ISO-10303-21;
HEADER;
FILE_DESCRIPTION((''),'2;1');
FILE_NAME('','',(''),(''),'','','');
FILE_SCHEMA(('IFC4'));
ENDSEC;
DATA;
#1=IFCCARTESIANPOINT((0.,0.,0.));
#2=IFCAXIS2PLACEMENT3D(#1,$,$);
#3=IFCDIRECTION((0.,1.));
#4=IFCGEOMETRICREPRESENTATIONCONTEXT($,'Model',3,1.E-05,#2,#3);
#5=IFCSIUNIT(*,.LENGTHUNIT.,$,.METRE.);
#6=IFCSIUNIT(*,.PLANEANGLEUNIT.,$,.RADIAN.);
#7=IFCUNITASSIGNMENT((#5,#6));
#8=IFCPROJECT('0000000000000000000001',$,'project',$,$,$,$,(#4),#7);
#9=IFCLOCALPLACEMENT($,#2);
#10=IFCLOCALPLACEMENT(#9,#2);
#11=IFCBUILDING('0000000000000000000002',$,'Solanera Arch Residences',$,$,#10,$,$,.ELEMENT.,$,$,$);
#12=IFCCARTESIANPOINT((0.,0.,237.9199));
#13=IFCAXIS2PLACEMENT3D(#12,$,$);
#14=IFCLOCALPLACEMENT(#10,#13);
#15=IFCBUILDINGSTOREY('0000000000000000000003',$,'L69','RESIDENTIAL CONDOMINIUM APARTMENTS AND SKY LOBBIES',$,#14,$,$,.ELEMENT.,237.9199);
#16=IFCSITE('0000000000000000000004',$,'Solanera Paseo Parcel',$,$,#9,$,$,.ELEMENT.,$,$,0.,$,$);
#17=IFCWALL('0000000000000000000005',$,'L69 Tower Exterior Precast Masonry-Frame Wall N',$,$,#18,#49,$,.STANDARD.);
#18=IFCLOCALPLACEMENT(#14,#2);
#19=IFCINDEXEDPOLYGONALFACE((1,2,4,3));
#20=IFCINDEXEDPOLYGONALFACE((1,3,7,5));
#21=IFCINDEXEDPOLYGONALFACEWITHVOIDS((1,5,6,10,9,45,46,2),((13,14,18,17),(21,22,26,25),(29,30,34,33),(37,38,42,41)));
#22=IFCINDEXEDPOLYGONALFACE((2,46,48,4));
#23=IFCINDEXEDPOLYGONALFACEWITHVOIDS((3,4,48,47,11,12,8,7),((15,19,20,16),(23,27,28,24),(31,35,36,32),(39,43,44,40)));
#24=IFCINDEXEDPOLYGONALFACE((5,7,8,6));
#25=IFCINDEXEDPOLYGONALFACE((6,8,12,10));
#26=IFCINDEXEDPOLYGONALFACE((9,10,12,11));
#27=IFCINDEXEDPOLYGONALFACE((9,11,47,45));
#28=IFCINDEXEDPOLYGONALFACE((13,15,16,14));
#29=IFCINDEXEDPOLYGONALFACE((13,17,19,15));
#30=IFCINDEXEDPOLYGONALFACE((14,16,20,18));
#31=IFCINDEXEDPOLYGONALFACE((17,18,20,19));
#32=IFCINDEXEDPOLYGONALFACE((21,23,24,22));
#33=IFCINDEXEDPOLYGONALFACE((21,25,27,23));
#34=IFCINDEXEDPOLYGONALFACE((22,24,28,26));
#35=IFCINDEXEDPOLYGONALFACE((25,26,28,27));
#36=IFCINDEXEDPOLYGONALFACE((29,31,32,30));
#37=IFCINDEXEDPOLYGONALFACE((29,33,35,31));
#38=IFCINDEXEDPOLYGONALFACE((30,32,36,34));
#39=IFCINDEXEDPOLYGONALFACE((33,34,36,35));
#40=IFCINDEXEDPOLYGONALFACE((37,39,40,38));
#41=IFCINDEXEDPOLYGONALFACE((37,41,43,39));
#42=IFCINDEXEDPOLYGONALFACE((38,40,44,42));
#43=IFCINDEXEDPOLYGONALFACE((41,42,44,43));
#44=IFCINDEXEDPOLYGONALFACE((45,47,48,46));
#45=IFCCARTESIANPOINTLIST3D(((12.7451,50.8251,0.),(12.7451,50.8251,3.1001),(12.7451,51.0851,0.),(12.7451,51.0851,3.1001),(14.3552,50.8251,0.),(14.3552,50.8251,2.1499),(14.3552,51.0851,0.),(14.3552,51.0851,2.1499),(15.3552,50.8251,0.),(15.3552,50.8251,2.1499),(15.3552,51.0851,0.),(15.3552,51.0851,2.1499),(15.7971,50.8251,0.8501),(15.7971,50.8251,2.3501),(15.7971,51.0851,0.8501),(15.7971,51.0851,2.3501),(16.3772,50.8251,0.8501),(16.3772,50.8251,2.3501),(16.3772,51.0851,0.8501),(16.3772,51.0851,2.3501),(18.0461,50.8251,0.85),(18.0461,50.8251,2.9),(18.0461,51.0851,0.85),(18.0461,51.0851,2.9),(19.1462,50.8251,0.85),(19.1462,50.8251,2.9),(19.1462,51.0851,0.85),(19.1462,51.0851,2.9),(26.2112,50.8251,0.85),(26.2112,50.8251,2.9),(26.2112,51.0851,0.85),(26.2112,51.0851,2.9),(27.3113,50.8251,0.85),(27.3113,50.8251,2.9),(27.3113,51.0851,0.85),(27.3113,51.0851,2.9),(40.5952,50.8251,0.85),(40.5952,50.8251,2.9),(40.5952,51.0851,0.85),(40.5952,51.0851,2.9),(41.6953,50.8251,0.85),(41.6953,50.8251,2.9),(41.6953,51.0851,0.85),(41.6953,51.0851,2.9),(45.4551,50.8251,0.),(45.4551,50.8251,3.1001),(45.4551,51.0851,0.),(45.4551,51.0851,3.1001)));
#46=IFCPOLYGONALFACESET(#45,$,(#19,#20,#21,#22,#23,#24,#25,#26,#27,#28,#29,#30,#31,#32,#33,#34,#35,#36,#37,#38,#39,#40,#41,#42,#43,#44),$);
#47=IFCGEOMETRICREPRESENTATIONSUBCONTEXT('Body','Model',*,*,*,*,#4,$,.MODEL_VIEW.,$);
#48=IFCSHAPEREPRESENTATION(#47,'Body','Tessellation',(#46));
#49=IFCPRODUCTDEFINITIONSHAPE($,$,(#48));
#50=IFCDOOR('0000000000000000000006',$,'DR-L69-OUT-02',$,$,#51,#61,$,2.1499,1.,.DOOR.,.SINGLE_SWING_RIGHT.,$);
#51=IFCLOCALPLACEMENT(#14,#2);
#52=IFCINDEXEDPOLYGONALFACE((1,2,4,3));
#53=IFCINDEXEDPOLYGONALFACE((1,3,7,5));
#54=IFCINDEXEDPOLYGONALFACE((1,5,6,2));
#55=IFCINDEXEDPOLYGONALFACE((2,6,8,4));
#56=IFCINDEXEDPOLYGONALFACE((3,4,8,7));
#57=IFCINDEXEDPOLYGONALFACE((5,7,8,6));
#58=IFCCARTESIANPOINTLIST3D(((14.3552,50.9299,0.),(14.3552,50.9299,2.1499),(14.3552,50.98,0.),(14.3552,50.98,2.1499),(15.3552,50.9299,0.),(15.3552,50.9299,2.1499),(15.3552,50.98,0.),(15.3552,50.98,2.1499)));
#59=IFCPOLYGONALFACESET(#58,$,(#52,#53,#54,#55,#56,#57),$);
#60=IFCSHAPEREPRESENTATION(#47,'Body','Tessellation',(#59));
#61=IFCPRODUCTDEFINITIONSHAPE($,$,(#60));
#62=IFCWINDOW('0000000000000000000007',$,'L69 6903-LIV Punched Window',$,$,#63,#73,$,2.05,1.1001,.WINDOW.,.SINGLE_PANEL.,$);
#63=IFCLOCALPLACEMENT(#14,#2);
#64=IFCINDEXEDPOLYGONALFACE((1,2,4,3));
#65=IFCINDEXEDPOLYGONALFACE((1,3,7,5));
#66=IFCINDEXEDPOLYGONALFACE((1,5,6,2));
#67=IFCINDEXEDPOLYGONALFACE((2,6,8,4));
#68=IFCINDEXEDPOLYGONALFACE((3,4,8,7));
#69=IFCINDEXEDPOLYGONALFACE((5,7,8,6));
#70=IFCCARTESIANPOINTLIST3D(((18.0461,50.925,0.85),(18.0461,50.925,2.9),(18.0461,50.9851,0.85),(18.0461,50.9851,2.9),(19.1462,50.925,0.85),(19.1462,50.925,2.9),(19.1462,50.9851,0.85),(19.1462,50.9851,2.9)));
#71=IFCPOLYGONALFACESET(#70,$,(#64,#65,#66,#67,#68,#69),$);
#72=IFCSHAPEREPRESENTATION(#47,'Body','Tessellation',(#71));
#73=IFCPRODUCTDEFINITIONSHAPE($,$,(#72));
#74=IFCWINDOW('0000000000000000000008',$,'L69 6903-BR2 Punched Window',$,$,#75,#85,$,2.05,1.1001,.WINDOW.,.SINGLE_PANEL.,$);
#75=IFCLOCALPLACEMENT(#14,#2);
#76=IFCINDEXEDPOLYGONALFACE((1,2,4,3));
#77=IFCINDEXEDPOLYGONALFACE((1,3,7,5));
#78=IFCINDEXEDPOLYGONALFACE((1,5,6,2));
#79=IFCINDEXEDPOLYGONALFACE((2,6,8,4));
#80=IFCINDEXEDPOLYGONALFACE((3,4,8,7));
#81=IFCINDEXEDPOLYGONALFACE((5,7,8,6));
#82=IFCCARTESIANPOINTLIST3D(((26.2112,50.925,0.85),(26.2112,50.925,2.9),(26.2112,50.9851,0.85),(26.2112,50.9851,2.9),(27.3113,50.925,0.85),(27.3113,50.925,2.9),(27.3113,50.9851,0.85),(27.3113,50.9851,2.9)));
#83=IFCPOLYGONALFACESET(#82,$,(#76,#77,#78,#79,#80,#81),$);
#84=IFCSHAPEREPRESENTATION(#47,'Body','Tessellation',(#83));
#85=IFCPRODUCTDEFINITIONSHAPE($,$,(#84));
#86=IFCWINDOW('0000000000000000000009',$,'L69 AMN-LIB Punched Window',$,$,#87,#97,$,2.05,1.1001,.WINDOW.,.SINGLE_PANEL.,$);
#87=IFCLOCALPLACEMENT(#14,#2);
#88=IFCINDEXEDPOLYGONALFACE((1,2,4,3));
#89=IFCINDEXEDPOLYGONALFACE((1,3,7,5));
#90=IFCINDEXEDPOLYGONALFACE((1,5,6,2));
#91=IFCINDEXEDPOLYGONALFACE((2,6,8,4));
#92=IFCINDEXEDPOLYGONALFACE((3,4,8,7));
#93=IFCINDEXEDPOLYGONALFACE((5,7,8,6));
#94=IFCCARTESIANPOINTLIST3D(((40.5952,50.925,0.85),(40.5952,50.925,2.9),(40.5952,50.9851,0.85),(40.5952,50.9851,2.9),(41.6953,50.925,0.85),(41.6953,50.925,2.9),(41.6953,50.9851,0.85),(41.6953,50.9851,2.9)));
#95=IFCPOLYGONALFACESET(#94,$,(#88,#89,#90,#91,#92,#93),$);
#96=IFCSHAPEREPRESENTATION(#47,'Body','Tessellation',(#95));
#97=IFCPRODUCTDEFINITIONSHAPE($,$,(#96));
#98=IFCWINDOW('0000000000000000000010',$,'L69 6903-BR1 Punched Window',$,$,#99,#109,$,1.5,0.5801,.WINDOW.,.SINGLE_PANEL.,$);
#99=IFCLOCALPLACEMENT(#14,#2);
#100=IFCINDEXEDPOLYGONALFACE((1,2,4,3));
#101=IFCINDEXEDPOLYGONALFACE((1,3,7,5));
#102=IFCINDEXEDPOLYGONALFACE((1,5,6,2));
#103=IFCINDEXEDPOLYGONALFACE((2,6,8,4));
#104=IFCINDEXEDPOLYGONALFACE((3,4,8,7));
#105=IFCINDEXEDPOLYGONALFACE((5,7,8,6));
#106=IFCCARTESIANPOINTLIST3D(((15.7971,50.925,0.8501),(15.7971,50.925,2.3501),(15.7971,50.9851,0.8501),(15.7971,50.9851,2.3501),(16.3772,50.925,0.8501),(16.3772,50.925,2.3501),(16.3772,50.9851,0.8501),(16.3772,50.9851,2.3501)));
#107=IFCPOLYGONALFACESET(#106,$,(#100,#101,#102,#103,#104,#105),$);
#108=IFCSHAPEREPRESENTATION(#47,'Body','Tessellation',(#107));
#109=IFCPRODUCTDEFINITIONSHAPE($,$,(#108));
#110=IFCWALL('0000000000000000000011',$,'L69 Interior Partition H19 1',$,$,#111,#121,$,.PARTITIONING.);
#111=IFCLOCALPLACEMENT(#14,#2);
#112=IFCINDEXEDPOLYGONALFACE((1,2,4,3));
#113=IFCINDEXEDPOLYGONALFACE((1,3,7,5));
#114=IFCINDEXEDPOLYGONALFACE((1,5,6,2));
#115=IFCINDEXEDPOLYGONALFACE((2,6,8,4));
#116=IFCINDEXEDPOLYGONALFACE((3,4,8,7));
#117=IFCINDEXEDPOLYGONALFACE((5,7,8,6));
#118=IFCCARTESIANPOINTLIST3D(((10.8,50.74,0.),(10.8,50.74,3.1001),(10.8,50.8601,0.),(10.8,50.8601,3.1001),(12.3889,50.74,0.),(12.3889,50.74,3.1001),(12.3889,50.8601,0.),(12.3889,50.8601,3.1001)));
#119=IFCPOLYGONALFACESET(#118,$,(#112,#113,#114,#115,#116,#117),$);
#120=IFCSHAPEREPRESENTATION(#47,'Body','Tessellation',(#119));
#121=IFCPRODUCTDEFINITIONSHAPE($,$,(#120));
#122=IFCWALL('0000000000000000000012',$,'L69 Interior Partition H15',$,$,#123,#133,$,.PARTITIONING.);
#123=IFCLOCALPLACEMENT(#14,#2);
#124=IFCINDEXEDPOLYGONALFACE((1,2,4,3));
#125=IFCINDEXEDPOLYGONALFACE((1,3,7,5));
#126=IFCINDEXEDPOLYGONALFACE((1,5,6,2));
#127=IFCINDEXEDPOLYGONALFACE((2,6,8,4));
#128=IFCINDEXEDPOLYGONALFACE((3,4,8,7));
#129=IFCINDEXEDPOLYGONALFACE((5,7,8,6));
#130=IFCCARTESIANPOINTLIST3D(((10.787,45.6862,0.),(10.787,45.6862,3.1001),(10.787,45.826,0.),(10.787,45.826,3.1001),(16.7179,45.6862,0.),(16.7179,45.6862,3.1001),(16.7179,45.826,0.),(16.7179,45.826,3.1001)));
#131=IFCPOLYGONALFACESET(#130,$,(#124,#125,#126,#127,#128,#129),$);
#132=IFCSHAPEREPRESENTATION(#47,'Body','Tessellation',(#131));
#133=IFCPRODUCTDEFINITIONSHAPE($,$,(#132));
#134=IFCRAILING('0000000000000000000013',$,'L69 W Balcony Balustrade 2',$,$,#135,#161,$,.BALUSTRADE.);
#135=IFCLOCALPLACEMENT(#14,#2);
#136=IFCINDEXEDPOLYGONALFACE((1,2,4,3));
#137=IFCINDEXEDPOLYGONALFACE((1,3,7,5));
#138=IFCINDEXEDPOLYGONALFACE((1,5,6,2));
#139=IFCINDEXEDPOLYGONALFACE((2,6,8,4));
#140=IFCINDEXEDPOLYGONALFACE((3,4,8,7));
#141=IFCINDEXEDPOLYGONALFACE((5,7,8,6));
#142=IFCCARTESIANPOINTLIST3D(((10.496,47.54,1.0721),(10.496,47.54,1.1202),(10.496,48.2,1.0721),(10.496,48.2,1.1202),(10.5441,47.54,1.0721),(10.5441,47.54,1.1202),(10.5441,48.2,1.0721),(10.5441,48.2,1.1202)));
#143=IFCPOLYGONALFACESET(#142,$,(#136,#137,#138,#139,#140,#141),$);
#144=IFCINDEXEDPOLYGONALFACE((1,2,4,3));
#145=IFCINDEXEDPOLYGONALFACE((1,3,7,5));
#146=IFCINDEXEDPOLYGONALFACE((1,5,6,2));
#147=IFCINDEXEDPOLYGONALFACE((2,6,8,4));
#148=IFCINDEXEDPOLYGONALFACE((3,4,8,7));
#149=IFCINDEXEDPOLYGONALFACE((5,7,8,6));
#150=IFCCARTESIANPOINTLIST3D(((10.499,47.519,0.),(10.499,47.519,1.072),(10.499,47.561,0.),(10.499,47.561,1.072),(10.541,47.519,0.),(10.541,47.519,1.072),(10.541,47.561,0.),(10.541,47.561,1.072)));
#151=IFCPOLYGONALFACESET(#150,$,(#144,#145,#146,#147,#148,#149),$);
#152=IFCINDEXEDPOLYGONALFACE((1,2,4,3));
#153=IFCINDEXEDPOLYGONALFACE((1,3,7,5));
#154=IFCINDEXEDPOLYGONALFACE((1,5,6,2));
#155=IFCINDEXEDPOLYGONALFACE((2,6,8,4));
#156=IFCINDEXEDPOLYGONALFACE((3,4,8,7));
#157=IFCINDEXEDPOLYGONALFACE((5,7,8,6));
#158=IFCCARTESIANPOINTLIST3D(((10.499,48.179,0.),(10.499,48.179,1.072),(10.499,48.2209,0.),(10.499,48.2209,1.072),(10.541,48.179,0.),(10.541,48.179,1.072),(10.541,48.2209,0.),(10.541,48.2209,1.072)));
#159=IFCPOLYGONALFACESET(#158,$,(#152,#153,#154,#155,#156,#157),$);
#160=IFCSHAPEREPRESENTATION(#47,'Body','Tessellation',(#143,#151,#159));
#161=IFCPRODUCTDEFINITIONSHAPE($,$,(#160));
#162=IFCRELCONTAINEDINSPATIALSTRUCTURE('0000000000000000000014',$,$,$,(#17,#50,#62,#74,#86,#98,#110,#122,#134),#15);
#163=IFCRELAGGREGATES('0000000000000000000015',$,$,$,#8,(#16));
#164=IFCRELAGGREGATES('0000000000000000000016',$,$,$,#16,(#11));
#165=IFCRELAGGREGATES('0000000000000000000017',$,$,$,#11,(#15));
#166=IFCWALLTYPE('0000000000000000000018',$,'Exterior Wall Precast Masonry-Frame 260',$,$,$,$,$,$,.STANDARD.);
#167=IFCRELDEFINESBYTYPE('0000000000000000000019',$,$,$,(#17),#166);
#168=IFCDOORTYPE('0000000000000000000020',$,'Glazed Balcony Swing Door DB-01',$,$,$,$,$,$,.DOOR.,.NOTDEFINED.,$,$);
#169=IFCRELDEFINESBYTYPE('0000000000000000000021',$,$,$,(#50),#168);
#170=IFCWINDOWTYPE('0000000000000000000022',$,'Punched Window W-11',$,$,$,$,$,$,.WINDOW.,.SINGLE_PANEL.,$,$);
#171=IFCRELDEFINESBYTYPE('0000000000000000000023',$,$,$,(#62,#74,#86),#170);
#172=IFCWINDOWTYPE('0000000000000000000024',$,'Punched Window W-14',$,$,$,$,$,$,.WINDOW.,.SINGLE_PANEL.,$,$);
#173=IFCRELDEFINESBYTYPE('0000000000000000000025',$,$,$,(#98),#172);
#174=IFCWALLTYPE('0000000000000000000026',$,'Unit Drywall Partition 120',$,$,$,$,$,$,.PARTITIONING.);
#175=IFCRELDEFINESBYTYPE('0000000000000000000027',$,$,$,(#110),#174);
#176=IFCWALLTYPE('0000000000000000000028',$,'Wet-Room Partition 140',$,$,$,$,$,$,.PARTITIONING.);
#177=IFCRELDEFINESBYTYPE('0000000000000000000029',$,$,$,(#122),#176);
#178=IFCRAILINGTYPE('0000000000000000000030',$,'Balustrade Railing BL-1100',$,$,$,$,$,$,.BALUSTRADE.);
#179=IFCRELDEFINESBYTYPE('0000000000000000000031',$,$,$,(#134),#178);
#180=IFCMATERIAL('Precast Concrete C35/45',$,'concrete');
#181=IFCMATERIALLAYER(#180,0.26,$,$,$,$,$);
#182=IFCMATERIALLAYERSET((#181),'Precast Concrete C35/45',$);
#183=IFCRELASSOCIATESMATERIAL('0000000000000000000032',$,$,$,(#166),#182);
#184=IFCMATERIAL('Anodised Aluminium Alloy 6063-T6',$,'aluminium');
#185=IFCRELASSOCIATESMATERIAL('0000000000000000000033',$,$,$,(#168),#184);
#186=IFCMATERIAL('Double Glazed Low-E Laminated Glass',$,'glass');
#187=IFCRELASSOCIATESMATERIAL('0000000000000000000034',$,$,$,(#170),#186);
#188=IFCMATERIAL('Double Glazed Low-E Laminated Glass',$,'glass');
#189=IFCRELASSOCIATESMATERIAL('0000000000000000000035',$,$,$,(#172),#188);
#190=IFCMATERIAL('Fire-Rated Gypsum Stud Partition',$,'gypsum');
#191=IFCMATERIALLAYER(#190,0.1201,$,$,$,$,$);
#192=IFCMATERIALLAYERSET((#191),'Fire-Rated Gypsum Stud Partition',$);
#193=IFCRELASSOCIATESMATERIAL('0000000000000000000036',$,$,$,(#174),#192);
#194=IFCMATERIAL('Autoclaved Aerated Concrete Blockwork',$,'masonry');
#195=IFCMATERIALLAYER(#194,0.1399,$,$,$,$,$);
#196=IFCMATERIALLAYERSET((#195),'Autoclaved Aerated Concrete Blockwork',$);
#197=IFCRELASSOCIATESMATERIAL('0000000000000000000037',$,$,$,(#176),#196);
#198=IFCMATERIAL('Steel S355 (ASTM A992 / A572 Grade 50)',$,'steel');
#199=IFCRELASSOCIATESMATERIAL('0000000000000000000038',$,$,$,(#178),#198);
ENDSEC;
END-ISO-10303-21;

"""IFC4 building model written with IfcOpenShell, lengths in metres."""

from ifc_helpers import new_model, si_unit, direction, frame, frame_2d, origin, origin_2d, place, context, subcontext, project, spatial, rectangle, extrude, material, layer, layer_set, type_object, element, fill, save


model = new_model("IFC4")

# Units and contexts
model_context = context("Model", 3, precision=1e-05, world=origin(), true_north=direction((0.0, 1.0)))
body_context = subcontext(model_context, "Body", "Model", "MODEL_VIEW")
ifc_project = project(units=[si_unit("LENGTHUNIT", "METRE"), si_unit("PLANEANGLEUNIT", "RADIAN")], contexts=[model_context])

# Site, building, storey
site_placement = place(None, origin())
site = spatial("IfcSite", under=ifc_project, at=site_placement, Name="Solanera Paseo Parcel", CompositionType="ELEMENT", RefElevation=0.0)
building_placement = place(site_placement, origin())
building = spatial("IfcBuilding", under=site, at=building_placement, Name="Solanera Arch Residences", CompositionType="ELEMENT")
storey_placement = place(building_placement, frame((0.0, 0.0, 237.9199)))
storey = spatial("IfcBuildingStorey", under=building, at=storey_placement, Name="L69", Description="RESIDENTIAL CONDOMINIUM APARTMENTS AND SKY LOBBIES", CompositionType="ELEMENT", Elevation=237.9199)

# Shared definitions
ifc_material_1 = material(Name="Precast Concrete C35/45", Category="concrete")
ifc_layer_1 = layer(ifc_material_1, 0.26)
ifc_layer_set_1 = layer_set([ifc_layer_1], Name="Precast Concrete C35/45")
wall_type_1 = type_object("IfcWallType", Name="Exterior Wall Precast Masonry-Frame 260", PredefinedType="STANDARD", material=ifc_layer_set_1)

# Wall, openings, door, windows
wall_1_placement = place(storey_placement, frame((12.7451, 50.9551, 0.0), z_axis=(0.0, 0.0, 1.0), x_axis=(1.0, 0.0, 0.0)))
wall_1 = element("IfcWall", 1, at=wall_1_placement, inside=storey, type_object=wall_type_1, Name="L69 Tower Exterior Precast Masonry-Frame Wall N", PredefinedType="STANDARD", context=body_context, shape_type="SweptSolid", body=[
    extrude(rectangle(XDim=32.71, YDim=0.26, at=frame_2d((16.355, 0.0))), origin(), (0.0, 0.0, 1.0), 3.1001),
])
opening_1_placement = place(wall_1_placement, frame((1.6101, 0.0, 0.0)))
opening_1 = element("IfcOpeningElement", 2, at=opening_1_placement, cuts=wall_1, PredefinedType="OPENING", context=body_context, shape_type="SweptSolid", body=[
    extrude(rectangle(XDim=1.0, YDim=2.1499, at=frame_2d((0.5, 1.075))), frame((0.0, 0.1399, 0.0), z_axis=(0.0, -1.0, 0.0), x_axis=(1.0, 0.0, 0.0)), (0.0, 0.0, 1.0), 0.28),
])
opening_2_placement = place(wall_1_placement, frame((5.301, 0.0, 0.8501)))
opening_2 = element("IfcOpeningElement", 3, at=opening_2_placement, cuts=wall_1, PredefinedType="OPENING", context=body_context, shape_type="SweptSolid", body=[
    extrude(rectangle(XDim=1.1001, YDim=2.05, at=frame_2d((0.55, 1.0249))), frame((0.0, 0.1399, 0.0), z_axis=(0.0, -1.0, 0.0), x_axis=(1.0, 0.0, 0.0)), (0.0, 0.0, 1.0), 0.28),
])
opening_3_placement = place(wall_1_placement, frame((3.052, 0.0, 0.8501)))
opening_3 = element("IfcOpeningElement", 4, at=opening_3_placement, cuts=wall_1, PredefinedType="OPENING", context=body_context, shape_type="SweptSolid", body=[
    extrude(rectangle(XDim=0.5801, YDim=1.5, at=frame_2d((0.29, 0.75))), frame((0.0, 0.1399, 0.0), z_axis=(0.0, -1.0, 0.0), x_axis=(1.0, 0.0, 0.0)), (0.0, 0.0, 1.0), 0.28),
])
opening_4_placement = place(wall_1_placement, frame((13.4661, 0.0, 0.8501)))
opening_4 = element("IfcOpeningElement", 5, at=opening_4_placement, cuts=wall_1, PredefinedType="OPENING", context=body_context, shape_type="SweptSolid", body=[
    extrude(rectangle(XDim=1.1001, YDim=2.05, at=frame_2d((0.55, 1.0249))), frame((0.0, 0.1399, 0.0), z_axis=(0.0, -1.0, 0.0), x_axis=(1.0, 0.0, 0.0)), (0.0, 0.0, 1.0), 0.28),
])
opening_5_placement = place(wall_1_placement, frame((27.8501, 0.0, 0.8501)))
opening_5 = element("IfcOpeningElement", 6, at=opening_5_placement, cuts=wall_1, PredefinedType="OPENING", context=body_context, shape_type="SweptSolid", body=[
    extrude(rectangle(XDim=1.1001, YDim=2.05, at=frame_2d((0.55, 1.0249))), frame((0.0, 0.1399, 0.0), z_axis=(0.0, -1.0, 0.0), x_axis=(1.0, 0.0, 0.0)), (0.0, 0.0, 1.0), 0.28),
])
ifc_material_2 = material(Name="Anodised Aluminium Alloy 6063-T6", Category="aluminium")
door_type_1 = type_object("IfcDoorType", Name="Glazed Balcony Swing Door DB-01", OperationType="NOTDEFINED", PredefinedType="DOOR", material=ifc_material_2)
door_1_placement = place(opening_1_placement, origin())
door_1 = element("IfcDoor", 7, at=door_1_placement, inside=storey, type_object=door_type_1, Name="DR-L69-OUT-02", OperationType="SINGLE_SWING_RIGHT", OverallHeight=2.1499, OverallWidth=1.0, PredefinedType="DOOR", context=body_context, shape_type="SweptSolid", body=[
    extrude(rectangle(XDim=1.0, YDim=2.1499, at=frame_2d((0.5, 1.075))), frame((0.0, 0.0249, 0.0), z_axis=(0.0, -1.0, 0.0), x_axis=(1.0, 0.0, 0.0)), (0.0, 0.0, 1.0), 0.05),
])
fill(opening_1, door_1)
ifc_material_3 = material(Name="Double Glazed Low-E Laminated Glass", Category="glass")
window_type_1 = type_object("IfcWindowType", Name="Punched Window W-11", PartitioningType="SINGLE_PANEL", PredefinedType="WINDOW", material=ifc_material_3)
window_1_placement = place(opening_2_placement, origin())
window_1 = element("IfcWindow", 8, at=window_1_placement, inside=storey, type_object=window_type_1, Name="L69 6903-LIV Punched Window", OverallHeight=2.05, OverallWidth=1.1001, PartitioningType="SINGLE_PANEL", PredefinedType="WINDOW", context=body_context, shape_type="SweptSolid", body=[
    extrude(rectangle(XDim=1.1001, YDim=2.05, at=frame_2d((0.55, 1.0249))), frame((0.0, 0.03, 0.0), z_axis=(0.0, -1.0, 0.0), x_axis=(1.0, 0.0, 0.0)), (0.0, 0.0, 1.0), 0.0601),
])
fill(opening_2, window_1)
window_2_placement = place(opening_4_placement, origin())
window_2 = element("IfcWindow", 9, at=window_2_placement, inside=storey, type_object=window_type_1, Name="L69 6903-BR2 Punched Window", OverallHeight=2.05, OverallWidth=1.1001, PartitioningType="SINGLE_PANEL", PredefinedType="WINDOW", context=body_context, shape_type="SweptSolid", body=[
    extrude(rectangle(XDim=1.1001, YDim=2.05, at=frame_2d((0.55, 1.0249))), frame((0.0, 0.03, 0.0), z_axis=(0.0, -1.0, 0.0), x_axis=(1.0, 0.0, 0.0)), (0.0, 0.0, 1.0), 0.0601),
])
fill(opening_4, window_2)
window_3_placement = place(opening_5_placement, origin())
window_3 = element("IfcWindow", 10, at=window_3_placement, inside=storey, type_object=window_type_1, Name="L69 AMN-LIB Punched Window", OverallHeight=2.05, OverallWidth=1.1001, PartitioningType="SINGLE_PANEL", PredefinedType="WINDOW", context=body_context, shape_type="SweptSolid", body=[
    extrude(rectangle(XDim=1.1001, YDim=2.05, at=frame_2d((0.55, 1.0249))), frame((0.0, 0.03, 0.0), z_axis=(0.0, -1.0, 0.0), x_axis=(1.0, 0.0, 0.0)), (0.0, 0.0, 1.0), 0.0601),
])
fill(opening_5, window_3)
ifc_material_4 = material(Name="Double Glazed Low-E Laminated Glass", Category="glass")
window_type_2 = type_object("IfcWindowType", Name="Punched Window W-14", PartitioningType="SINGLE_PANEL", PredefinedType="WINDOW", material=ifc_material_4)
window_4_placement = place(opening_3_placement, origin())
window_4 = element("IfcWindow", 11, at=window_4_placement, inside=storey, type_object=window_type_2, Name="L69 6903-BR1 Punched Window", OverallHeight=1.5, OverallWidth=0.5801, PartitioningType="SINGLE_PANEL", PredefinedType="WINDOW", context=body_context, shape_type="SweptSolid", body=[
    extrude(rectangle(XDim=0.5801, YDim=1.5, at=frame_2d((0.29, 0.75))), frame((0.0, 0.03, 0.0), z_axis=(0.0, -1.0, 0.0), x_axis=(1.0, 0.0, 0.0)), (0.0, 0.0, 1.0), 0.0601),
])
fill(opening_3, window_4)

# Walls
ifc_material_5 = material(Name="Fire-Rated Gypsum Stud Partition", Category="gypsum")
ifc_layer_2 = layer(ifc_material_5, 0.1201)
ifc_layer_set_2 = layer_set([ifc_layer_2], Name="Fire-Rated Gypsum Stud Partition")
wall_type_2 = type_object("IfcWallType", Name="Unit Drywall Partition 120", PredefinedType="PARTITIONING", material=ifc_layer_set_2)
wall_2_placement = place(storey_placement, frame((10.8, 50.8, 0.0), z_axis=(0.0, 0.0, 1.0), x_axis=(1.0, 0.0, 0.0)))
element("IfcWall", 12, at=wall_2_placement, inside=storey, type_object=wall_type_2, Name="L69 Interior Partition H19 1", PredefinedType="PARTITIONING", context=body_context, shape_type="SweptSolid", body=[
    extrude(rectangle(XDim=1.5889, YDim=0.1201, at=frame_2d((0.7944, 0.0))), origin(), (0.0, 0.0, 1.0), 3.1001),
])
ifc_material_6 = material(Name="Autoclaved Aerated Concrete Blockwork", Category="masonry")
ifc_layer_3 = layer(ifc_material_6, 0.1399)
ifc_layer_set_3 = layer_set([ifc_layer_3], Name="Autoclaved Aerated Concrete Blockwork")
wall_type_3 = type_object("IfcWallType", Name="Wet-Room Partition 140", PredefinedType="PARTITIONING", material=ifc_layer_set_3)
wall_3_placement = place(storey_placement, frame((10.7871, 45.7561, 0.0), z_axis=(0.0, 0.0, 1.0), x_axis=(1.0, 0.0, 0.0)))
element("IfcWall", 13, at=wall_3_placement, inside=storey, type_object=wall_type_3, Name="L69 Interior Partition H15", PredefinedType="PARTITIONING", context=body_context, shape_type="SweptSolid", body=[
    extrude(rectangle(XDim=5.9309, YDim=0.1399, at=frame_2d((2.9653, 0.0))), origin(), (0.0, 0.0, 1.0), 3.1001),
])

# Railing
ifc_material_7 = material(Name="Steel S355 (ASTM A992 / A572 Grade 50)", Category="steel")
railing_type = type_object("IfcRailingType", Name="Balustrade Railing BL-1100", PredefinedType="BALUSTRADE", material=ifc_material_7)
railing_1_placement = place(storey_placement, frame((10.52, 47.54, 0.0)))
element("IfcRailing", 14, at=railing_1_placement, inside=storey, type_object=railing_type, Name="L69 W Balcony Balustrade 2", PredefinedType="BALUSTRADE", context=body_context, shape_type="SweptSolid", body=[
    extrude(rectangle(XDim=0.0481, YDim=0.0481, at=origin_2d()), frame((0.0, 0.0, 1.0962), z_axis=(0.0, 1.0, 0.0), x_axis=(-1.0, 0.0, 0.0)), (0.0, 0.0, 1.0), 0.6599),
    extrude(rectangle(XDim=0.042, YDim=0.042, at=origin_2d()), origin(), (0.0, 0.0, 1.0), 1.072),
    extrude(rectangle(XDim=0.042, YDim=0.042, at=origin_2d()), frame((0.0, 0.6599, 0.0)), (0.0, 0.0, 1.0), 1.072),
])

save(model, "model.ifc")
